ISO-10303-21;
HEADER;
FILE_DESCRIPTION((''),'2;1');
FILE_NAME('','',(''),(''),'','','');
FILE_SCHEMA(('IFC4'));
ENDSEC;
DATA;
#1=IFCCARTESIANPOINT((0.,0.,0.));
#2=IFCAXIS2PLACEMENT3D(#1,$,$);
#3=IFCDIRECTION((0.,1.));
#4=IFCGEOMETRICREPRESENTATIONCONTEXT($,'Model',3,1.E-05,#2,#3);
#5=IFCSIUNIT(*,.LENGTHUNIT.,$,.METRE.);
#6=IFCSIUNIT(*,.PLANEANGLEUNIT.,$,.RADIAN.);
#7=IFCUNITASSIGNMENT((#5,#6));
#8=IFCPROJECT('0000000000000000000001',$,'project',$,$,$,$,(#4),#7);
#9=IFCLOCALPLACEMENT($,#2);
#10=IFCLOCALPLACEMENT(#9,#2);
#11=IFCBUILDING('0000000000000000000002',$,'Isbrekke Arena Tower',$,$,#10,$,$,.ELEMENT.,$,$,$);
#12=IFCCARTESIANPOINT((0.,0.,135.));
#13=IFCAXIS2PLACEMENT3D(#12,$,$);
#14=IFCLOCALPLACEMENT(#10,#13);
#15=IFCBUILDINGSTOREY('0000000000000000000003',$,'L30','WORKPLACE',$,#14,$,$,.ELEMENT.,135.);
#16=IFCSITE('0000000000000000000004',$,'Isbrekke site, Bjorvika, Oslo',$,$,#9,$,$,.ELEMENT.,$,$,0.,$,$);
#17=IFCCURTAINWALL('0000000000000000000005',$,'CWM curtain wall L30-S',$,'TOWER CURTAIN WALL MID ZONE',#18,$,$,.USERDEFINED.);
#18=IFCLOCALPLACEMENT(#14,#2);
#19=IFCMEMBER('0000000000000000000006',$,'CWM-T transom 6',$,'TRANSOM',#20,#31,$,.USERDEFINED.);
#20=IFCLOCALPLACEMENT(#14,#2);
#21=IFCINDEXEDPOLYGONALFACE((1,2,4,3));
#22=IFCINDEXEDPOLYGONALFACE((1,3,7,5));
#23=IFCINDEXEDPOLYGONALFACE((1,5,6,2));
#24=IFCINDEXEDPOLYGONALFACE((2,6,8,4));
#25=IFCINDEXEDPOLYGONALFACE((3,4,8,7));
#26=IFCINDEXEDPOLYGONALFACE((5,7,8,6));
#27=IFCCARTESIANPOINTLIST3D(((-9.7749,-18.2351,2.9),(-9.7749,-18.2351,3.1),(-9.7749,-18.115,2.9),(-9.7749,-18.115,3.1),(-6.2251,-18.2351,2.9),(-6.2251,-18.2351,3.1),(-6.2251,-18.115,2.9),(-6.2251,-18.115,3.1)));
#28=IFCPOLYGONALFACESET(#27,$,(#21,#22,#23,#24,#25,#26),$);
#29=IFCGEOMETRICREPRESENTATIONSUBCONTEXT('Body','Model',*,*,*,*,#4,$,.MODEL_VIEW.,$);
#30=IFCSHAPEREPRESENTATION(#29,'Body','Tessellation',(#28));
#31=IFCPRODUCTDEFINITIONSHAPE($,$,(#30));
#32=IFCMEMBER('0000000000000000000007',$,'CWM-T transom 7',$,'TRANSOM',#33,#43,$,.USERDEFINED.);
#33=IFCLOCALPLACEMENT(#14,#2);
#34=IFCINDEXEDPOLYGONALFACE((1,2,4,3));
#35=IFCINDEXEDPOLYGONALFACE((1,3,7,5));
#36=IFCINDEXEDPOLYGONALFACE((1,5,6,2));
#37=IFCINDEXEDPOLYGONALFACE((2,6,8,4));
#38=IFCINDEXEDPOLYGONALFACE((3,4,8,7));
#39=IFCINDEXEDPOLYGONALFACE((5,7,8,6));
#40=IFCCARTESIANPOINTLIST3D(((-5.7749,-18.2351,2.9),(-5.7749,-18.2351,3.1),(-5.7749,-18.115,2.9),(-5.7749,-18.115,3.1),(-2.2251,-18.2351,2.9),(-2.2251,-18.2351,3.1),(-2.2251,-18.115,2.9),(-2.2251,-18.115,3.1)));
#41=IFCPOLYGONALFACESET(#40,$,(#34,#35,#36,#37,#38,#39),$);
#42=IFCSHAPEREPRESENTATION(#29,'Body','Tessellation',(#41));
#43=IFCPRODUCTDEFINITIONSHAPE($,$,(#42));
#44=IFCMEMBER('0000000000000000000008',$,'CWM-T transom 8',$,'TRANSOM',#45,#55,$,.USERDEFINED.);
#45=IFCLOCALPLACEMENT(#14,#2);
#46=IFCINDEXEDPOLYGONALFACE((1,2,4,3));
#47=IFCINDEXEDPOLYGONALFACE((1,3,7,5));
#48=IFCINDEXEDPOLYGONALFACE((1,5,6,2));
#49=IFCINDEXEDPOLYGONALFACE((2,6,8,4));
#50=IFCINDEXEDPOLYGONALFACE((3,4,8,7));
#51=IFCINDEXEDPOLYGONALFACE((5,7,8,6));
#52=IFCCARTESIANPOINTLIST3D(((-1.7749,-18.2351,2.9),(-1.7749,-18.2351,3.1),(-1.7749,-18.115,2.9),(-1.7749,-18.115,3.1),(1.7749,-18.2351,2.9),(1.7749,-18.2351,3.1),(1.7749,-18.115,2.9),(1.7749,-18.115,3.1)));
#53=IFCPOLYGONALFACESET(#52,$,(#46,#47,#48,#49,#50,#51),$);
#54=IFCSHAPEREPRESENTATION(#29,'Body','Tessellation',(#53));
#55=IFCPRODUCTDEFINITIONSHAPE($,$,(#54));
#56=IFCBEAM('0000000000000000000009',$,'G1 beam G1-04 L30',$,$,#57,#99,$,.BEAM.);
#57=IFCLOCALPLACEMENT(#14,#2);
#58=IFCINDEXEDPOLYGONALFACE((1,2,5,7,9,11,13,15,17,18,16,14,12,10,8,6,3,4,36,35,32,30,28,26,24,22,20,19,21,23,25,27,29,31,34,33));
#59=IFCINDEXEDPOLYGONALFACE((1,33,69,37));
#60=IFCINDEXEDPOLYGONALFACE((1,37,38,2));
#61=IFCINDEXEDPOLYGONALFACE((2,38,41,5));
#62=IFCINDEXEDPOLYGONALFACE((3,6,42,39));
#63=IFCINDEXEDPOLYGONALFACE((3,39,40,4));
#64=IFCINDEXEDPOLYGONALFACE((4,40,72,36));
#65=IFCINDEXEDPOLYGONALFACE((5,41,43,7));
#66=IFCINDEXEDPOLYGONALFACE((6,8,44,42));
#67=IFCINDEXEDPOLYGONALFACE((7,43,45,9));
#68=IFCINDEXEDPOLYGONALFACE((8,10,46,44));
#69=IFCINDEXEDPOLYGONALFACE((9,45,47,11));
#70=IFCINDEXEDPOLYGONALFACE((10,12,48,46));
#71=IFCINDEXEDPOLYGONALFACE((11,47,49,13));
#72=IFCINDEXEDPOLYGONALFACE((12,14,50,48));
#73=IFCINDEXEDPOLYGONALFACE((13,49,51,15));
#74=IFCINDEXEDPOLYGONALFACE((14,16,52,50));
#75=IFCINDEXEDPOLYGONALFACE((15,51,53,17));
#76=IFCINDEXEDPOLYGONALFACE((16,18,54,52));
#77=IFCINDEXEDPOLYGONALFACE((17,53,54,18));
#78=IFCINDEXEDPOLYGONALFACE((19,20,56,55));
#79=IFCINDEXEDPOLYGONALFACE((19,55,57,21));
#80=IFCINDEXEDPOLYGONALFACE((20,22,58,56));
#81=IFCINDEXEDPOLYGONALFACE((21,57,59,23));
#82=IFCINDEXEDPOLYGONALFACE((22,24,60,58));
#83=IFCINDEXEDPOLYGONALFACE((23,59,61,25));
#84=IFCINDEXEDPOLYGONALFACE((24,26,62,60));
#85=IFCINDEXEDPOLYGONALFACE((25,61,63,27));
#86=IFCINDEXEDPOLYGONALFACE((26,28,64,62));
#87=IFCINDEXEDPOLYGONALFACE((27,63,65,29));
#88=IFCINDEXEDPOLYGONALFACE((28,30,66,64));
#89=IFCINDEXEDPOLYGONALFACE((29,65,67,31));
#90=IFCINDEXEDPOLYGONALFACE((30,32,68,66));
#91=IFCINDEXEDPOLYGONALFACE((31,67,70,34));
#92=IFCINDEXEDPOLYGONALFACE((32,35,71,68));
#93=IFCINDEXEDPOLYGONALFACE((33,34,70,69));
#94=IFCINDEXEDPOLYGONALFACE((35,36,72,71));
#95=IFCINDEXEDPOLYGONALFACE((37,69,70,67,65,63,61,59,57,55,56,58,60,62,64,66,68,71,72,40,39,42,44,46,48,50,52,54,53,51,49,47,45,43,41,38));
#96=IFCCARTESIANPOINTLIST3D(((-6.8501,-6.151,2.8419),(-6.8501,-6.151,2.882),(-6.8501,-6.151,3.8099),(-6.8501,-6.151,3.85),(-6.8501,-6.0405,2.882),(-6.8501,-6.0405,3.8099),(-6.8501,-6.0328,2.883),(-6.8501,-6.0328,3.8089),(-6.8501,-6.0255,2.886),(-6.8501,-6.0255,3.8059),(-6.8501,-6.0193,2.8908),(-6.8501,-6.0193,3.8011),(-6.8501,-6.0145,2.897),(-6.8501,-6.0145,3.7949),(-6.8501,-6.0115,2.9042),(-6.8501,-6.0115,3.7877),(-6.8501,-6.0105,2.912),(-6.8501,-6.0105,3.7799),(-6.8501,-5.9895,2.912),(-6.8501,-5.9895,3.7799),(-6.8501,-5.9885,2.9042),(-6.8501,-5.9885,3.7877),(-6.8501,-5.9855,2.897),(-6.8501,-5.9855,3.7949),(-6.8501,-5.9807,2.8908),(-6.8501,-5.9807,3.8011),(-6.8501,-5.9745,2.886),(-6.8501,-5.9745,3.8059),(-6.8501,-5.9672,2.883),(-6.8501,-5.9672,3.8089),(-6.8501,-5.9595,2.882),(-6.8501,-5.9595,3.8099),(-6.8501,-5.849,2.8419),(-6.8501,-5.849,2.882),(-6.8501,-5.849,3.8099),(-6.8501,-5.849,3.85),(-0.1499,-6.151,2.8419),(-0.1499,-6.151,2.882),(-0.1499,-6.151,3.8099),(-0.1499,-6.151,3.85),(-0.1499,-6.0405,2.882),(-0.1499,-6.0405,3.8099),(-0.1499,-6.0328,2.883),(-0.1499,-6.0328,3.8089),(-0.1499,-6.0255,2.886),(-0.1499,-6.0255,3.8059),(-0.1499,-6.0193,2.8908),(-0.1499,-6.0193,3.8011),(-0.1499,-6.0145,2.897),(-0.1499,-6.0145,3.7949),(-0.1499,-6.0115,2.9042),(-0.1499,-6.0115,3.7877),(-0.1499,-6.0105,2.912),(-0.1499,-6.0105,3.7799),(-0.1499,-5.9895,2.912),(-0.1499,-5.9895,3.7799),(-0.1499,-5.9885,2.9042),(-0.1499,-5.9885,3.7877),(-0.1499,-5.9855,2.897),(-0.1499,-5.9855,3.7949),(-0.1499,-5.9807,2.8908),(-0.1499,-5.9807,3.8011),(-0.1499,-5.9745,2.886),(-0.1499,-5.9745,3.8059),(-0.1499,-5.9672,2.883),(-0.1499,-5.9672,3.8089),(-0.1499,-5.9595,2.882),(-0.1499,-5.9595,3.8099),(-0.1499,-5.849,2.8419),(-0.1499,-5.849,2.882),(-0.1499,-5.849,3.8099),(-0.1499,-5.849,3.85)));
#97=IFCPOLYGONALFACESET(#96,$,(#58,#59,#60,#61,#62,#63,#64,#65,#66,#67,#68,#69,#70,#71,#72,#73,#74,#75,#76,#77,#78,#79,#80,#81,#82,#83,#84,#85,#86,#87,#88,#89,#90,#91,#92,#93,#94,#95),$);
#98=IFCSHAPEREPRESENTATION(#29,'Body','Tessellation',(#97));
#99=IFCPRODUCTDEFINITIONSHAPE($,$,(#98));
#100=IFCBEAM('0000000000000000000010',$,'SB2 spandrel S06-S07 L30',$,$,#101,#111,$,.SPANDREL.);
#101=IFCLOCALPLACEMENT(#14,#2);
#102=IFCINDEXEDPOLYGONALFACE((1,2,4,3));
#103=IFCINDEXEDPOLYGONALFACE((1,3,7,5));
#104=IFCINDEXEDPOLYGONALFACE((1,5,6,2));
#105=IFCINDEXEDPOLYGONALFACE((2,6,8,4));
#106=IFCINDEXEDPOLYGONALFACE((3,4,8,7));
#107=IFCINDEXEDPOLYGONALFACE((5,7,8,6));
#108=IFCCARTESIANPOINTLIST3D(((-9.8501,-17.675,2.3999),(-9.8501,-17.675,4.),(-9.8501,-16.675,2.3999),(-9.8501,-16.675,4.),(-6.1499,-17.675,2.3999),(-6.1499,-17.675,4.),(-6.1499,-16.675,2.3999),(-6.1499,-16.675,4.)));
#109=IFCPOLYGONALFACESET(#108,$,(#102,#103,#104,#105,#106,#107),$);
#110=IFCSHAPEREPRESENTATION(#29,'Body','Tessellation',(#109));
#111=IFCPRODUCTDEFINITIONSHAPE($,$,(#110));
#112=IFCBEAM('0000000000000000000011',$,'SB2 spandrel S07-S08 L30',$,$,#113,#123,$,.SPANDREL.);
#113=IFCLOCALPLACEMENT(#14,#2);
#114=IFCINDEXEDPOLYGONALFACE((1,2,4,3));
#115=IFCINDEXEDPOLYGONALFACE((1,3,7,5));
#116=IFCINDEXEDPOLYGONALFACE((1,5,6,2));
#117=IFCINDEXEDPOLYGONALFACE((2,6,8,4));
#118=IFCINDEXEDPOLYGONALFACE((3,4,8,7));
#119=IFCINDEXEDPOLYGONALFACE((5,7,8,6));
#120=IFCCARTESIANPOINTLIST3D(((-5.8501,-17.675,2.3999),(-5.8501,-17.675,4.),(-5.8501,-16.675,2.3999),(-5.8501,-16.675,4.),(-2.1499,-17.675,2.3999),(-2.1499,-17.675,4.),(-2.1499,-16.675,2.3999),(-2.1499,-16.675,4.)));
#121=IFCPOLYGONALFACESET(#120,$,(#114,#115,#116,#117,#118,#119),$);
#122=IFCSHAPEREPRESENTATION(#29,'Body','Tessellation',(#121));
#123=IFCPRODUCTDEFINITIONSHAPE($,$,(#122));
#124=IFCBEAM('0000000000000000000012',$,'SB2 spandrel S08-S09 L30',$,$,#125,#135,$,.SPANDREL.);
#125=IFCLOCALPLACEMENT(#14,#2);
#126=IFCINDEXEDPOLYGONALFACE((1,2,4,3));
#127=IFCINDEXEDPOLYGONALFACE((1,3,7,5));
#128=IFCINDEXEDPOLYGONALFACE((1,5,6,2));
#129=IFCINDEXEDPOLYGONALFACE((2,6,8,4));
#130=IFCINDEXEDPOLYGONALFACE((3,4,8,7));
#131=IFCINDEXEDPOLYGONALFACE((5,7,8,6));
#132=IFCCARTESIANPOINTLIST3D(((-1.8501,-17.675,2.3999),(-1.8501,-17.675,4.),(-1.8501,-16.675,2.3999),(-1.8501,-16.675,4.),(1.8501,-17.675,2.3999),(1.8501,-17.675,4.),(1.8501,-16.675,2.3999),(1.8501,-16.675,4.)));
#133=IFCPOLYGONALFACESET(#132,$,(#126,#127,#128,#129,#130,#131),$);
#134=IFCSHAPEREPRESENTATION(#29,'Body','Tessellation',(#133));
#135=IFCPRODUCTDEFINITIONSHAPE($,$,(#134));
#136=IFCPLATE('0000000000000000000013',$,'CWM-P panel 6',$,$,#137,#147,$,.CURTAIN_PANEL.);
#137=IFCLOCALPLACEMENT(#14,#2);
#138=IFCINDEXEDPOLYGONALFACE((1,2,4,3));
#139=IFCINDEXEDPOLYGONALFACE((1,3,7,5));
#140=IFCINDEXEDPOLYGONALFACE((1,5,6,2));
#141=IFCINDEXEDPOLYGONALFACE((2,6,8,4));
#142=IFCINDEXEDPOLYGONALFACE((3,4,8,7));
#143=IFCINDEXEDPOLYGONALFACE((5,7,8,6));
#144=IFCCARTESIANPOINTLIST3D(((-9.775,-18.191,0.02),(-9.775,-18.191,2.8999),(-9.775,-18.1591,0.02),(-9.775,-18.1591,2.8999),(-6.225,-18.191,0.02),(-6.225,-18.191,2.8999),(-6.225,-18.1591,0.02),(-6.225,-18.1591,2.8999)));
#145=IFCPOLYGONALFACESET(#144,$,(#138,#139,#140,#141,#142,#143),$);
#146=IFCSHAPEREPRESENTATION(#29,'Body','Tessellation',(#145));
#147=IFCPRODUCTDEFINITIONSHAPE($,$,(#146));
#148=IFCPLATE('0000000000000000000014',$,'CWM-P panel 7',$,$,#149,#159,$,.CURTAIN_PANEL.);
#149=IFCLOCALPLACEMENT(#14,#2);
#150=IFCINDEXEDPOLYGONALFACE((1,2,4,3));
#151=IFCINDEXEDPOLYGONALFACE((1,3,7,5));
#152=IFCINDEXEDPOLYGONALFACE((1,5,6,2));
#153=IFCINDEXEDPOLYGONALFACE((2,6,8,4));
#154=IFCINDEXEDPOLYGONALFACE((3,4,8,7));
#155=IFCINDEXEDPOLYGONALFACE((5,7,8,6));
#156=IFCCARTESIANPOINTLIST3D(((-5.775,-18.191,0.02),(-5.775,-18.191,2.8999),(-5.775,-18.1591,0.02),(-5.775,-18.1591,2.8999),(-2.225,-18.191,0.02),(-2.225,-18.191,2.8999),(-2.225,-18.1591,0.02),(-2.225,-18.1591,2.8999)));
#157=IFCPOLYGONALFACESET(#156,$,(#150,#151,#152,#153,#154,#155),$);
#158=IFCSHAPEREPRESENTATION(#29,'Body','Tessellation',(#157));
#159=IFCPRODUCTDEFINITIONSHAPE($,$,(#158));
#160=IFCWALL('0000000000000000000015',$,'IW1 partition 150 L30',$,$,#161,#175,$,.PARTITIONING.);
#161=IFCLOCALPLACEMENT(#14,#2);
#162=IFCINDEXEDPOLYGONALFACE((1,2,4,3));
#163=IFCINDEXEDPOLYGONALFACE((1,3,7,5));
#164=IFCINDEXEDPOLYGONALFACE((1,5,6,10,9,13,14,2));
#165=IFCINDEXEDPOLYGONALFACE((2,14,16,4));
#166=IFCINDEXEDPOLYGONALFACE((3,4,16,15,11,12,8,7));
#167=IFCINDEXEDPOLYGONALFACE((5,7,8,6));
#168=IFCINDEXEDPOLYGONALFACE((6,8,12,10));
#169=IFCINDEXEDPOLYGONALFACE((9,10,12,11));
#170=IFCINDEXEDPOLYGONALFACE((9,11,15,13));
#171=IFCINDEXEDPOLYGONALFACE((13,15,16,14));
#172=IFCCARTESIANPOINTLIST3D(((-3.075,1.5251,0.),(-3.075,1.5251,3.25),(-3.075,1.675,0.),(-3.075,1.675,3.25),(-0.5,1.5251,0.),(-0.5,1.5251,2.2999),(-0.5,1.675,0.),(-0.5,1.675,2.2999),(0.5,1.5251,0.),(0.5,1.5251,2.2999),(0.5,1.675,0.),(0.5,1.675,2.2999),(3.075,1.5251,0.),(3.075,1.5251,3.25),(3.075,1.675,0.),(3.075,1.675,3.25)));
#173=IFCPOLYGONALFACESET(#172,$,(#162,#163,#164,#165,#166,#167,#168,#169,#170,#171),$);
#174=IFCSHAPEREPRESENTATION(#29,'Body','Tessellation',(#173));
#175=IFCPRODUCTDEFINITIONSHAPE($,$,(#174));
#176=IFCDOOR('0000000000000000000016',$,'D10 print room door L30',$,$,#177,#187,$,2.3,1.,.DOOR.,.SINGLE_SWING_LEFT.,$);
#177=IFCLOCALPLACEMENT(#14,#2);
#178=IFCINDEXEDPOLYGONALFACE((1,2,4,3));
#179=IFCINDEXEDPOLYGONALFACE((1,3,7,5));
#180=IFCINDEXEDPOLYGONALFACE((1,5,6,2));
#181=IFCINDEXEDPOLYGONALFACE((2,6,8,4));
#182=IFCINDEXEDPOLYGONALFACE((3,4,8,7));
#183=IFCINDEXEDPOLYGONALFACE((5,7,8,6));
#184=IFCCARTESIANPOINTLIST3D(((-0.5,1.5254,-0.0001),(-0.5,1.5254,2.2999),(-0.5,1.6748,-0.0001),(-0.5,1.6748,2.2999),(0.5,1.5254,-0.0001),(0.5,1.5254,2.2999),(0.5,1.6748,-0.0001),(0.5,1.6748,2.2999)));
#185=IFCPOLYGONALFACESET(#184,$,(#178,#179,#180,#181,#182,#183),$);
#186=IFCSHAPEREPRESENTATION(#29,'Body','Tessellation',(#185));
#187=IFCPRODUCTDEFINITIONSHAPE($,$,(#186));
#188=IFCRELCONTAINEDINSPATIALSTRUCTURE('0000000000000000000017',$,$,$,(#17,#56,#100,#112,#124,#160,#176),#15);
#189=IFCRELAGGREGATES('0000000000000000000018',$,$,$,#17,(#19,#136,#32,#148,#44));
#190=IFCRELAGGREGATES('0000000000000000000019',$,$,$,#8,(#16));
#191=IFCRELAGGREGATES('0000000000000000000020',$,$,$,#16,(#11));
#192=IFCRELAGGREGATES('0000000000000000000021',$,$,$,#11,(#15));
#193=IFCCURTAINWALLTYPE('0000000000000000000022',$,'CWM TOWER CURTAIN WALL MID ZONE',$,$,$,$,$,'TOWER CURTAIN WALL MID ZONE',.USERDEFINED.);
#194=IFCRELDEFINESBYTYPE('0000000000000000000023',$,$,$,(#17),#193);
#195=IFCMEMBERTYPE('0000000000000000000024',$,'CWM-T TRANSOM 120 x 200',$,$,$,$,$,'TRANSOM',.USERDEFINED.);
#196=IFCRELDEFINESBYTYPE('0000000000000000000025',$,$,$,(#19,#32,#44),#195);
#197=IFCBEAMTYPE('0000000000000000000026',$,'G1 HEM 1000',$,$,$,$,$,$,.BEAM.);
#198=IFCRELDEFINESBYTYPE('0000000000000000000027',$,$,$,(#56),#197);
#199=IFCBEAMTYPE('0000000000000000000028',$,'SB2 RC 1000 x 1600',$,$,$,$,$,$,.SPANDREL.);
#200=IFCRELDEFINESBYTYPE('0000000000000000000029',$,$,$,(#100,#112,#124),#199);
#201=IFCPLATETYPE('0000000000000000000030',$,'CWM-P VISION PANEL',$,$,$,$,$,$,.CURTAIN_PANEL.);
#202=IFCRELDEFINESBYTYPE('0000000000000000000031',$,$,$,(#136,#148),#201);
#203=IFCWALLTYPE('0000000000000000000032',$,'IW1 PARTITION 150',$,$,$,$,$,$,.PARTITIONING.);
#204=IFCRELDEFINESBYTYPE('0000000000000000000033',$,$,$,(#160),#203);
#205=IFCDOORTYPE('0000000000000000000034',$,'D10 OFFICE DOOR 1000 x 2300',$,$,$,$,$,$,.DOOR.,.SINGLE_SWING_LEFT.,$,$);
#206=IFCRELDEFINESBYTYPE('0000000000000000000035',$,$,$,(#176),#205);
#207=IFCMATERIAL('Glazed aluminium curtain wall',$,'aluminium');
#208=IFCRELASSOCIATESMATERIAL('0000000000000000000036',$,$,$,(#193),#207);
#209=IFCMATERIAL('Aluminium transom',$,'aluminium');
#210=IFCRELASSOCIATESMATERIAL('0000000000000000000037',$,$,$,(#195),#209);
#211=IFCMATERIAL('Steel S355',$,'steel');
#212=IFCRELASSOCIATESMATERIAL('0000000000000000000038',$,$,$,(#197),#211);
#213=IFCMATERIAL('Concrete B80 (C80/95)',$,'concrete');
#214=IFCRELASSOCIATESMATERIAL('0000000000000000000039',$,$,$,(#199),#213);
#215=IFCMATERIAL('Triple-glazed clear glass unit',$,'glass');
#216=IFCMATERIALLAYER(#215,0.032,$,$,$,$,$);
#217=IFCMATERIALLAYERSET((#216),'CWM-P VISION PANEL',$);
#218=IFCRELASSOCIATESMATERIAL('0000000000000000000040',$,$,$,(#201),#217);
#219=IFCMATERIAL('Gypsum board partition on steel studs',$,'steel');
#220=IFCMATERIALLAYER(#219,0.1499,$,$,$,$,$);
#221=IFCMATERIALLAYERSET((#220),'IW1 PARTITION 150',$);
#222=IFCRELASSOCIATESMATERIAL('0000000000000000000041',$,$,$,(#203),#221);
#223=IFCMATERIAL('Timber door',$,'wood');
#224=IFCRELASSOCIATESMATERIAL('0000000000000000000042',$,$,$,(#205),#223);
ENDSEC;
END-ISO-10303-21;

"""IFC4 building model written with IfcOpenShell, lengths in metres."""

from ifc_helpers import new_model, si_unit, direction, frame, frame_2d, origin, origin_2d, place, context, subcontext, project, spatial, rectangle, i_section, extrude, material, layer, layer_set, material_profile, profile_set, type_object, element, fill, aggregate, save


model = new_model("IFC4")

# Units and contexts
model_context = context("Model", 3, precision=1e-05, world=origin(), true_north=direction((0.0, 1.0)))
body_context = subcontext(model_context, "Body", "Model", "MODEL_VIEW")
ifc_project = project(units=[si_unit("LENGTHUNIT", "METRE"), si_unit("PLANEANGLEUNIT", "RADIAN")], contexts=[model_context])

# Site, building, storey
site_placement = place(None, origin())
site = spatial("IfcSite", under=ifc_project, at=site_placement, Name="Isbrekke site, Bjorvika, Oslo", CompositionType="ELEMENT", RefElevation=0.0)
building_placement = place(site_placement, origin())
building = spatial("IfcBuilding", under=site, at=building_placement, Name="Isbrekke Arena Tower", CompositionType="ELEMENT")
storey_placement = place(building_placement, frame((0.0, 0.0, 135.0)))
storey = spatial("IfcBuildingStorey", under=building, at=storey_placement, Name="L30", Description="WORKPLACE", CompositionType="ELEMENT", Elevation=135.0)

# Curtain wall, members
ifc_material_1 = material(Name="Glazed aluminium curtain wall", Category="aluminium")
curtain_wall_type = type_object("IfcCurtainWallType", Name="CWM TOWER CURTAIN WALL MID ZONE", ElementType="TOWER CURTAIN WALL MID ZONE", PredefinedType="USERDEFINED", material=ifc_material_1)
curtain_wall_placement = place(storey_placement, origin())
curtain_wall = element("IfcCurtainWall", 1, at=curtain_wall_placement, inside=storey, type_object=curtain_wall_type, Name="CWM curtain wall L30-S", ObjectType="TOWER CURTAIN WALL MID ZONE", PredefinedType="USERDEFINED")
ifc_material_2 = material(Name="Aluminium transom", Category="aluminium")
ifc_material_profile_1 = material_profile(ifc_material_2, rectangle(XDim=0.1201, YDim=0.2, at=origin_2d()), Name="TRANSOM 120X200")
ifc_profile_set_1 = profile_set([ifc_material_profile_1], Name="Aluminium transom")
member_type_1 = type_object("IfcMemberType", Name="CWM-T TRANSOM 120 x 200", ElementType="TRANSOM", PredefinedType="USERDEFINED", material=ifc_profile_set_1)
member_1_placement = place(storey_placement, frame((-9.7749, -18.175, 3.0), z_axis=(1.0, 0.0, 0.0), x_axis=(0.0, 1.0, 0.0)))
member_1 = element("IfcMember", 2, at=member_1_placement, type_object=member_type_1, Name="CWM-T transom 6", ObjectType="TRANSOM", PredefinedType="USERDEFINED", context=body_context, shape_type="SweptSolid", body=[
    extrude(rectangle(XDim=0.1201, YDim=0.2, at=origin_2d()), origin(), (0.0, 0.0, 1.0), 3.5498),
])
member_2_placement = place(storey_placement, frame((-5.7749, -18.175, 3.0), z_axis=(1.0, 0.0, 0.0), x_axis=(0.0, 1.0, 0.0)))
member_2 = element("IfcMember", 3, at=member_2_placement, type_object=member_type_1, Name="CWM-T transom 7", ObjectType="TRANSOM", PredefinedType="USERDEFINED", context=body_context, shape_type="SweptSolid", body=[
    extrude(rectangle(XDim=0.1201, YDim=0.2, at=origin_2d()), origin(), (0.0, 0.0, 1.0), 3.5498),
])
member_3_placement = place(storey_placement, frame((-1.7749, -18.175, 3.0), z_axis=(1.0, 0.0, 0.0), x_axis=(0.0, 1.0, 0.0)))
member_3 = element("IfcMember", 4, at=member_3_placement, type_object=member_type_1, Name="CWM-T transom 8", ObjectType="TRANSOM", PredefinedType="USERDEFINED", context=body_context, shape_type="SweptSolid", body=[
    extrude(rectangle(XDim=0.1201, YDim=0.2, at=origin_2d()), origin(), (0.0, 0.0, 1.0), 3.5498),
])

# Beams
ifc_material_3 = material(Name="Steel S355", Category="steel")
ifc_material_profile_2 = material_profile(ifc_material_3, i_section(OverallWidth=0.302, OverallDepth=1.0081, WebThickness=0.021, FlangeThickness=0.04, FilletRadius=0.03, at=origin_2d()), Name="HEM 1000")
ifc_profile_set_2 = profile_set([ifc_material_profile_2], Name="Steel S355")
beam_type_1 = type_object("IfcBeamType", Name="G1 HEM 1000", PredefinedType="BEAM", material=ifc_profile_set_2)
beam_1_placement = place(storey_placement, frame((-6.8501, -6.0, 3.3459), z_axis=(1.0, 0.0, 0.0), x_axis=(0.0, 1.0, 0.0)))
element("IfcBeam", 5, at=beam_1_placement, inside=storey, type_object=beam_type_1, Name="G1 beam G1-04 L30", PredefinedType="BEAM", context=body_context, shape_type="SweptSolid", body=[
    extrude(i_section(OverallWidth=0.302, OverallDepth=1.0081, WebThickness=0.021, FlangeThickness=0.04, FilletRadius=0.03, at=origin_2d()), origin(), (0.0, 0.0, 1.0), 6.7002),
])
ifc_material_4 = material(Name="Concrete B80 (C80/95)", Category="concrete")
ifc_material_profile_3 = material_profile(ifc_material_4, rectangle(XDim=1.0, YDim=1.6001, at=origin_2d()), Name="RC 1000x1600")
ifc_profile_set_3 = profile_set([ifc_material_profile_3], Name="Concrete B80 (C80/95)")
beam_type_2 = type_object("IfcBeamType", Name="SB2 RC 1000 x 1600", PredefinedType="SPANDREL", material=ifc_profile_set_3)
for number, where, z_axis, x_axis, name in (
    (6, (-9.8501, -17.175, 3.2), (1.0, 0.0, 0.0), (0.0, 1.0, 0.0), "SB2 spandrel S06-S07 L30"),
    (7, (-5.8501, -17.175, 3.2), (1.0, 0.0, 0.0), (0.0, 1.0, 0.0), "SB2 spandrel S07-S08 L30"),
    (8, (-1.8501, -17.175, 3.2), (1.0, 0.0, 0.0), (0.0, 1.0, 0.0), "SB2 spandrel S08-S09 L30"),
):
    element("IfcBeam", number, at=place(storey_placement, frame(where, z_axis=z_axis, x_axis=x_axis)), inside=storey, type_object=beam_type_2, Name=name, PredefinedType="SPANDREL", context=body_context, shape_type="SweptSolid", body=[
        extrude(rectangle(XDim=1.0, YDim=1.6001, at=origin_2d()), origin(), (0.0, 0.0, 1.0), 3.7002),
    ])

# Plates
ifc_material_5 = material(Name="Triple-glazed clear glass unit", Category="glass")
ifc_layer_1 = layer(ifc_material_5, 0.032)
ifc_layer_set_1 = layer_set([ifc_layer_1], Name="CWM-P VISION PANEL")
plate_type = type_object("IfcPlateType", Name="CWM-P VISION PANEL", PredefinedType="CURTAIN_PANEL", material=ifc_layer_set_1)
plate_1_placement = place(storey_placement, frame((-8.0, -18.175, 0.02), z_axis=(0.0, 0.0, 1.0), x_axis=(1.0, 0.0, 0.0)))
plate_1 = element("IfcPlate", 9, at=plate_1_placement, type_object=plate_type, Name="CWM-P panel 6", PredefinedType="CURTAIN_PANEL", context=body_context, shape_type="SweptSolid", body=[
    extrude(rectangle(XDim=3.55, YDim=0.032, at=origin_2d()), origin(), (0.0, 0.0, 1.0), 2.8799),
])
plate_2_placement = place(storey_placement, frame((-4.0, -18.175, 0.02), z_axis=(0.0, 0.0, 1.0), x_axis=(1.0, 0.0, 0.0)))
plate_2 = element("IfcPlate", 10, at=plate_2_placement, type_object=plate_type, Name="CWM-P panel 7", PredefinedType="CURTAIN_PANEL", context=body_context, shape_type="SweptSolid", body=[
    extrude(rectangle(XDim=3.55, YDim=0.032, at=origin_2d()), origin(), (0.0, 0.0, 1.0), 2.8799),
])
aggregate(curtain_wall, [member_1, plate_1, member_2, plate_2, member_3])

# Wall, opening, door
ifc_material_6 = material(Name="Gypsum board partition on steel studs", Category="steel")
ifc_layer_2 = layer(ifc_material_6, 0.1499)
ifc_layer_set_2 = layer_set([ifc_layer_2], Name="IW1 PARTITION 150")
wall_type_1 = type_object("IfcWallType", Name="IW1 PARTITION 150", PredefinedType="PARTITIONING", material=ifc_layer_set_2)
wall_1_placement = place(storey_placement, frame((-3.075, 1.6001, 0.0), z_axis=(0.0, 0.0, 1.0), x_axis=(1.0, 0.0, 0.0)))
wall_1 = element("IfcWall", 11, at=wall_1_placement, inside=storey, type_object=wall_type_1, Name="IW1 partition 150 L30", PredefinedType="PARTITIONING", context=body_context, shape_type="SweptSolid", body=[
    extrude(rectangle(XDim=6.1499, YDim=0.1499, at=frame_2d((3.075, 0.0))), origin(), (0.0, 0.0, 1.0), 3.25),
])
opening_placement = place(wall_1_placement, frame((2.575, 0.0, 0.0)))
opening = element("IfcOpeningElement", 12, at=opening_placement, cuts=wall_1, PredefinedType="OPENING", context=body_context, shape_type="SweptSolid", body=[
    extrude(rectangle(XDim=1.0, YDim=2.3, at=frame_2d((0.5, 1.1499))), frame((0.0, 0.0898, 0.0), z_axis=(0.0, -1.0, 0.0), x_axis=(1.0, 0.0, 0.0)), (0.0, 0.0, 1.0), 0.1797),
])
ifc_material_7 = material(Name="Timber door", Category="wood")
door_type = type_object("IfcDoorType", Name="D10 OFFICE DOOR 1000 x 2300", OperationType="SINGLE_SWING_LEFT", PredefinedType="DOOR", material=ifc_material_7)
door_placement = place(opening_placement, origin())
door = element("IfcDoor", 13, at=door_placement, inside=storey, type_object=door_type, Name="D10 print room door L30", OperationType="SINGLE_SWING_LEFT", OverallHeight=2.3, OverallWidth=1.0, PredefinedType="DOOR", context=body_context, shape_type="SweptSolid", body=[
    extrude(rectangle(XDim=1.0, YDim=2.3, at=frame_2d((0.5, 1.1499))), frame((0.0, 0.0747, 0.0), z_axis=(0.0, -1.0, 0.0), x_axis=(1.0, 0.0, 0.0)), (0.0, 0.0, 1.0), 0.1494),
])
fill(opening, door)

save(model, "model.ifc")
